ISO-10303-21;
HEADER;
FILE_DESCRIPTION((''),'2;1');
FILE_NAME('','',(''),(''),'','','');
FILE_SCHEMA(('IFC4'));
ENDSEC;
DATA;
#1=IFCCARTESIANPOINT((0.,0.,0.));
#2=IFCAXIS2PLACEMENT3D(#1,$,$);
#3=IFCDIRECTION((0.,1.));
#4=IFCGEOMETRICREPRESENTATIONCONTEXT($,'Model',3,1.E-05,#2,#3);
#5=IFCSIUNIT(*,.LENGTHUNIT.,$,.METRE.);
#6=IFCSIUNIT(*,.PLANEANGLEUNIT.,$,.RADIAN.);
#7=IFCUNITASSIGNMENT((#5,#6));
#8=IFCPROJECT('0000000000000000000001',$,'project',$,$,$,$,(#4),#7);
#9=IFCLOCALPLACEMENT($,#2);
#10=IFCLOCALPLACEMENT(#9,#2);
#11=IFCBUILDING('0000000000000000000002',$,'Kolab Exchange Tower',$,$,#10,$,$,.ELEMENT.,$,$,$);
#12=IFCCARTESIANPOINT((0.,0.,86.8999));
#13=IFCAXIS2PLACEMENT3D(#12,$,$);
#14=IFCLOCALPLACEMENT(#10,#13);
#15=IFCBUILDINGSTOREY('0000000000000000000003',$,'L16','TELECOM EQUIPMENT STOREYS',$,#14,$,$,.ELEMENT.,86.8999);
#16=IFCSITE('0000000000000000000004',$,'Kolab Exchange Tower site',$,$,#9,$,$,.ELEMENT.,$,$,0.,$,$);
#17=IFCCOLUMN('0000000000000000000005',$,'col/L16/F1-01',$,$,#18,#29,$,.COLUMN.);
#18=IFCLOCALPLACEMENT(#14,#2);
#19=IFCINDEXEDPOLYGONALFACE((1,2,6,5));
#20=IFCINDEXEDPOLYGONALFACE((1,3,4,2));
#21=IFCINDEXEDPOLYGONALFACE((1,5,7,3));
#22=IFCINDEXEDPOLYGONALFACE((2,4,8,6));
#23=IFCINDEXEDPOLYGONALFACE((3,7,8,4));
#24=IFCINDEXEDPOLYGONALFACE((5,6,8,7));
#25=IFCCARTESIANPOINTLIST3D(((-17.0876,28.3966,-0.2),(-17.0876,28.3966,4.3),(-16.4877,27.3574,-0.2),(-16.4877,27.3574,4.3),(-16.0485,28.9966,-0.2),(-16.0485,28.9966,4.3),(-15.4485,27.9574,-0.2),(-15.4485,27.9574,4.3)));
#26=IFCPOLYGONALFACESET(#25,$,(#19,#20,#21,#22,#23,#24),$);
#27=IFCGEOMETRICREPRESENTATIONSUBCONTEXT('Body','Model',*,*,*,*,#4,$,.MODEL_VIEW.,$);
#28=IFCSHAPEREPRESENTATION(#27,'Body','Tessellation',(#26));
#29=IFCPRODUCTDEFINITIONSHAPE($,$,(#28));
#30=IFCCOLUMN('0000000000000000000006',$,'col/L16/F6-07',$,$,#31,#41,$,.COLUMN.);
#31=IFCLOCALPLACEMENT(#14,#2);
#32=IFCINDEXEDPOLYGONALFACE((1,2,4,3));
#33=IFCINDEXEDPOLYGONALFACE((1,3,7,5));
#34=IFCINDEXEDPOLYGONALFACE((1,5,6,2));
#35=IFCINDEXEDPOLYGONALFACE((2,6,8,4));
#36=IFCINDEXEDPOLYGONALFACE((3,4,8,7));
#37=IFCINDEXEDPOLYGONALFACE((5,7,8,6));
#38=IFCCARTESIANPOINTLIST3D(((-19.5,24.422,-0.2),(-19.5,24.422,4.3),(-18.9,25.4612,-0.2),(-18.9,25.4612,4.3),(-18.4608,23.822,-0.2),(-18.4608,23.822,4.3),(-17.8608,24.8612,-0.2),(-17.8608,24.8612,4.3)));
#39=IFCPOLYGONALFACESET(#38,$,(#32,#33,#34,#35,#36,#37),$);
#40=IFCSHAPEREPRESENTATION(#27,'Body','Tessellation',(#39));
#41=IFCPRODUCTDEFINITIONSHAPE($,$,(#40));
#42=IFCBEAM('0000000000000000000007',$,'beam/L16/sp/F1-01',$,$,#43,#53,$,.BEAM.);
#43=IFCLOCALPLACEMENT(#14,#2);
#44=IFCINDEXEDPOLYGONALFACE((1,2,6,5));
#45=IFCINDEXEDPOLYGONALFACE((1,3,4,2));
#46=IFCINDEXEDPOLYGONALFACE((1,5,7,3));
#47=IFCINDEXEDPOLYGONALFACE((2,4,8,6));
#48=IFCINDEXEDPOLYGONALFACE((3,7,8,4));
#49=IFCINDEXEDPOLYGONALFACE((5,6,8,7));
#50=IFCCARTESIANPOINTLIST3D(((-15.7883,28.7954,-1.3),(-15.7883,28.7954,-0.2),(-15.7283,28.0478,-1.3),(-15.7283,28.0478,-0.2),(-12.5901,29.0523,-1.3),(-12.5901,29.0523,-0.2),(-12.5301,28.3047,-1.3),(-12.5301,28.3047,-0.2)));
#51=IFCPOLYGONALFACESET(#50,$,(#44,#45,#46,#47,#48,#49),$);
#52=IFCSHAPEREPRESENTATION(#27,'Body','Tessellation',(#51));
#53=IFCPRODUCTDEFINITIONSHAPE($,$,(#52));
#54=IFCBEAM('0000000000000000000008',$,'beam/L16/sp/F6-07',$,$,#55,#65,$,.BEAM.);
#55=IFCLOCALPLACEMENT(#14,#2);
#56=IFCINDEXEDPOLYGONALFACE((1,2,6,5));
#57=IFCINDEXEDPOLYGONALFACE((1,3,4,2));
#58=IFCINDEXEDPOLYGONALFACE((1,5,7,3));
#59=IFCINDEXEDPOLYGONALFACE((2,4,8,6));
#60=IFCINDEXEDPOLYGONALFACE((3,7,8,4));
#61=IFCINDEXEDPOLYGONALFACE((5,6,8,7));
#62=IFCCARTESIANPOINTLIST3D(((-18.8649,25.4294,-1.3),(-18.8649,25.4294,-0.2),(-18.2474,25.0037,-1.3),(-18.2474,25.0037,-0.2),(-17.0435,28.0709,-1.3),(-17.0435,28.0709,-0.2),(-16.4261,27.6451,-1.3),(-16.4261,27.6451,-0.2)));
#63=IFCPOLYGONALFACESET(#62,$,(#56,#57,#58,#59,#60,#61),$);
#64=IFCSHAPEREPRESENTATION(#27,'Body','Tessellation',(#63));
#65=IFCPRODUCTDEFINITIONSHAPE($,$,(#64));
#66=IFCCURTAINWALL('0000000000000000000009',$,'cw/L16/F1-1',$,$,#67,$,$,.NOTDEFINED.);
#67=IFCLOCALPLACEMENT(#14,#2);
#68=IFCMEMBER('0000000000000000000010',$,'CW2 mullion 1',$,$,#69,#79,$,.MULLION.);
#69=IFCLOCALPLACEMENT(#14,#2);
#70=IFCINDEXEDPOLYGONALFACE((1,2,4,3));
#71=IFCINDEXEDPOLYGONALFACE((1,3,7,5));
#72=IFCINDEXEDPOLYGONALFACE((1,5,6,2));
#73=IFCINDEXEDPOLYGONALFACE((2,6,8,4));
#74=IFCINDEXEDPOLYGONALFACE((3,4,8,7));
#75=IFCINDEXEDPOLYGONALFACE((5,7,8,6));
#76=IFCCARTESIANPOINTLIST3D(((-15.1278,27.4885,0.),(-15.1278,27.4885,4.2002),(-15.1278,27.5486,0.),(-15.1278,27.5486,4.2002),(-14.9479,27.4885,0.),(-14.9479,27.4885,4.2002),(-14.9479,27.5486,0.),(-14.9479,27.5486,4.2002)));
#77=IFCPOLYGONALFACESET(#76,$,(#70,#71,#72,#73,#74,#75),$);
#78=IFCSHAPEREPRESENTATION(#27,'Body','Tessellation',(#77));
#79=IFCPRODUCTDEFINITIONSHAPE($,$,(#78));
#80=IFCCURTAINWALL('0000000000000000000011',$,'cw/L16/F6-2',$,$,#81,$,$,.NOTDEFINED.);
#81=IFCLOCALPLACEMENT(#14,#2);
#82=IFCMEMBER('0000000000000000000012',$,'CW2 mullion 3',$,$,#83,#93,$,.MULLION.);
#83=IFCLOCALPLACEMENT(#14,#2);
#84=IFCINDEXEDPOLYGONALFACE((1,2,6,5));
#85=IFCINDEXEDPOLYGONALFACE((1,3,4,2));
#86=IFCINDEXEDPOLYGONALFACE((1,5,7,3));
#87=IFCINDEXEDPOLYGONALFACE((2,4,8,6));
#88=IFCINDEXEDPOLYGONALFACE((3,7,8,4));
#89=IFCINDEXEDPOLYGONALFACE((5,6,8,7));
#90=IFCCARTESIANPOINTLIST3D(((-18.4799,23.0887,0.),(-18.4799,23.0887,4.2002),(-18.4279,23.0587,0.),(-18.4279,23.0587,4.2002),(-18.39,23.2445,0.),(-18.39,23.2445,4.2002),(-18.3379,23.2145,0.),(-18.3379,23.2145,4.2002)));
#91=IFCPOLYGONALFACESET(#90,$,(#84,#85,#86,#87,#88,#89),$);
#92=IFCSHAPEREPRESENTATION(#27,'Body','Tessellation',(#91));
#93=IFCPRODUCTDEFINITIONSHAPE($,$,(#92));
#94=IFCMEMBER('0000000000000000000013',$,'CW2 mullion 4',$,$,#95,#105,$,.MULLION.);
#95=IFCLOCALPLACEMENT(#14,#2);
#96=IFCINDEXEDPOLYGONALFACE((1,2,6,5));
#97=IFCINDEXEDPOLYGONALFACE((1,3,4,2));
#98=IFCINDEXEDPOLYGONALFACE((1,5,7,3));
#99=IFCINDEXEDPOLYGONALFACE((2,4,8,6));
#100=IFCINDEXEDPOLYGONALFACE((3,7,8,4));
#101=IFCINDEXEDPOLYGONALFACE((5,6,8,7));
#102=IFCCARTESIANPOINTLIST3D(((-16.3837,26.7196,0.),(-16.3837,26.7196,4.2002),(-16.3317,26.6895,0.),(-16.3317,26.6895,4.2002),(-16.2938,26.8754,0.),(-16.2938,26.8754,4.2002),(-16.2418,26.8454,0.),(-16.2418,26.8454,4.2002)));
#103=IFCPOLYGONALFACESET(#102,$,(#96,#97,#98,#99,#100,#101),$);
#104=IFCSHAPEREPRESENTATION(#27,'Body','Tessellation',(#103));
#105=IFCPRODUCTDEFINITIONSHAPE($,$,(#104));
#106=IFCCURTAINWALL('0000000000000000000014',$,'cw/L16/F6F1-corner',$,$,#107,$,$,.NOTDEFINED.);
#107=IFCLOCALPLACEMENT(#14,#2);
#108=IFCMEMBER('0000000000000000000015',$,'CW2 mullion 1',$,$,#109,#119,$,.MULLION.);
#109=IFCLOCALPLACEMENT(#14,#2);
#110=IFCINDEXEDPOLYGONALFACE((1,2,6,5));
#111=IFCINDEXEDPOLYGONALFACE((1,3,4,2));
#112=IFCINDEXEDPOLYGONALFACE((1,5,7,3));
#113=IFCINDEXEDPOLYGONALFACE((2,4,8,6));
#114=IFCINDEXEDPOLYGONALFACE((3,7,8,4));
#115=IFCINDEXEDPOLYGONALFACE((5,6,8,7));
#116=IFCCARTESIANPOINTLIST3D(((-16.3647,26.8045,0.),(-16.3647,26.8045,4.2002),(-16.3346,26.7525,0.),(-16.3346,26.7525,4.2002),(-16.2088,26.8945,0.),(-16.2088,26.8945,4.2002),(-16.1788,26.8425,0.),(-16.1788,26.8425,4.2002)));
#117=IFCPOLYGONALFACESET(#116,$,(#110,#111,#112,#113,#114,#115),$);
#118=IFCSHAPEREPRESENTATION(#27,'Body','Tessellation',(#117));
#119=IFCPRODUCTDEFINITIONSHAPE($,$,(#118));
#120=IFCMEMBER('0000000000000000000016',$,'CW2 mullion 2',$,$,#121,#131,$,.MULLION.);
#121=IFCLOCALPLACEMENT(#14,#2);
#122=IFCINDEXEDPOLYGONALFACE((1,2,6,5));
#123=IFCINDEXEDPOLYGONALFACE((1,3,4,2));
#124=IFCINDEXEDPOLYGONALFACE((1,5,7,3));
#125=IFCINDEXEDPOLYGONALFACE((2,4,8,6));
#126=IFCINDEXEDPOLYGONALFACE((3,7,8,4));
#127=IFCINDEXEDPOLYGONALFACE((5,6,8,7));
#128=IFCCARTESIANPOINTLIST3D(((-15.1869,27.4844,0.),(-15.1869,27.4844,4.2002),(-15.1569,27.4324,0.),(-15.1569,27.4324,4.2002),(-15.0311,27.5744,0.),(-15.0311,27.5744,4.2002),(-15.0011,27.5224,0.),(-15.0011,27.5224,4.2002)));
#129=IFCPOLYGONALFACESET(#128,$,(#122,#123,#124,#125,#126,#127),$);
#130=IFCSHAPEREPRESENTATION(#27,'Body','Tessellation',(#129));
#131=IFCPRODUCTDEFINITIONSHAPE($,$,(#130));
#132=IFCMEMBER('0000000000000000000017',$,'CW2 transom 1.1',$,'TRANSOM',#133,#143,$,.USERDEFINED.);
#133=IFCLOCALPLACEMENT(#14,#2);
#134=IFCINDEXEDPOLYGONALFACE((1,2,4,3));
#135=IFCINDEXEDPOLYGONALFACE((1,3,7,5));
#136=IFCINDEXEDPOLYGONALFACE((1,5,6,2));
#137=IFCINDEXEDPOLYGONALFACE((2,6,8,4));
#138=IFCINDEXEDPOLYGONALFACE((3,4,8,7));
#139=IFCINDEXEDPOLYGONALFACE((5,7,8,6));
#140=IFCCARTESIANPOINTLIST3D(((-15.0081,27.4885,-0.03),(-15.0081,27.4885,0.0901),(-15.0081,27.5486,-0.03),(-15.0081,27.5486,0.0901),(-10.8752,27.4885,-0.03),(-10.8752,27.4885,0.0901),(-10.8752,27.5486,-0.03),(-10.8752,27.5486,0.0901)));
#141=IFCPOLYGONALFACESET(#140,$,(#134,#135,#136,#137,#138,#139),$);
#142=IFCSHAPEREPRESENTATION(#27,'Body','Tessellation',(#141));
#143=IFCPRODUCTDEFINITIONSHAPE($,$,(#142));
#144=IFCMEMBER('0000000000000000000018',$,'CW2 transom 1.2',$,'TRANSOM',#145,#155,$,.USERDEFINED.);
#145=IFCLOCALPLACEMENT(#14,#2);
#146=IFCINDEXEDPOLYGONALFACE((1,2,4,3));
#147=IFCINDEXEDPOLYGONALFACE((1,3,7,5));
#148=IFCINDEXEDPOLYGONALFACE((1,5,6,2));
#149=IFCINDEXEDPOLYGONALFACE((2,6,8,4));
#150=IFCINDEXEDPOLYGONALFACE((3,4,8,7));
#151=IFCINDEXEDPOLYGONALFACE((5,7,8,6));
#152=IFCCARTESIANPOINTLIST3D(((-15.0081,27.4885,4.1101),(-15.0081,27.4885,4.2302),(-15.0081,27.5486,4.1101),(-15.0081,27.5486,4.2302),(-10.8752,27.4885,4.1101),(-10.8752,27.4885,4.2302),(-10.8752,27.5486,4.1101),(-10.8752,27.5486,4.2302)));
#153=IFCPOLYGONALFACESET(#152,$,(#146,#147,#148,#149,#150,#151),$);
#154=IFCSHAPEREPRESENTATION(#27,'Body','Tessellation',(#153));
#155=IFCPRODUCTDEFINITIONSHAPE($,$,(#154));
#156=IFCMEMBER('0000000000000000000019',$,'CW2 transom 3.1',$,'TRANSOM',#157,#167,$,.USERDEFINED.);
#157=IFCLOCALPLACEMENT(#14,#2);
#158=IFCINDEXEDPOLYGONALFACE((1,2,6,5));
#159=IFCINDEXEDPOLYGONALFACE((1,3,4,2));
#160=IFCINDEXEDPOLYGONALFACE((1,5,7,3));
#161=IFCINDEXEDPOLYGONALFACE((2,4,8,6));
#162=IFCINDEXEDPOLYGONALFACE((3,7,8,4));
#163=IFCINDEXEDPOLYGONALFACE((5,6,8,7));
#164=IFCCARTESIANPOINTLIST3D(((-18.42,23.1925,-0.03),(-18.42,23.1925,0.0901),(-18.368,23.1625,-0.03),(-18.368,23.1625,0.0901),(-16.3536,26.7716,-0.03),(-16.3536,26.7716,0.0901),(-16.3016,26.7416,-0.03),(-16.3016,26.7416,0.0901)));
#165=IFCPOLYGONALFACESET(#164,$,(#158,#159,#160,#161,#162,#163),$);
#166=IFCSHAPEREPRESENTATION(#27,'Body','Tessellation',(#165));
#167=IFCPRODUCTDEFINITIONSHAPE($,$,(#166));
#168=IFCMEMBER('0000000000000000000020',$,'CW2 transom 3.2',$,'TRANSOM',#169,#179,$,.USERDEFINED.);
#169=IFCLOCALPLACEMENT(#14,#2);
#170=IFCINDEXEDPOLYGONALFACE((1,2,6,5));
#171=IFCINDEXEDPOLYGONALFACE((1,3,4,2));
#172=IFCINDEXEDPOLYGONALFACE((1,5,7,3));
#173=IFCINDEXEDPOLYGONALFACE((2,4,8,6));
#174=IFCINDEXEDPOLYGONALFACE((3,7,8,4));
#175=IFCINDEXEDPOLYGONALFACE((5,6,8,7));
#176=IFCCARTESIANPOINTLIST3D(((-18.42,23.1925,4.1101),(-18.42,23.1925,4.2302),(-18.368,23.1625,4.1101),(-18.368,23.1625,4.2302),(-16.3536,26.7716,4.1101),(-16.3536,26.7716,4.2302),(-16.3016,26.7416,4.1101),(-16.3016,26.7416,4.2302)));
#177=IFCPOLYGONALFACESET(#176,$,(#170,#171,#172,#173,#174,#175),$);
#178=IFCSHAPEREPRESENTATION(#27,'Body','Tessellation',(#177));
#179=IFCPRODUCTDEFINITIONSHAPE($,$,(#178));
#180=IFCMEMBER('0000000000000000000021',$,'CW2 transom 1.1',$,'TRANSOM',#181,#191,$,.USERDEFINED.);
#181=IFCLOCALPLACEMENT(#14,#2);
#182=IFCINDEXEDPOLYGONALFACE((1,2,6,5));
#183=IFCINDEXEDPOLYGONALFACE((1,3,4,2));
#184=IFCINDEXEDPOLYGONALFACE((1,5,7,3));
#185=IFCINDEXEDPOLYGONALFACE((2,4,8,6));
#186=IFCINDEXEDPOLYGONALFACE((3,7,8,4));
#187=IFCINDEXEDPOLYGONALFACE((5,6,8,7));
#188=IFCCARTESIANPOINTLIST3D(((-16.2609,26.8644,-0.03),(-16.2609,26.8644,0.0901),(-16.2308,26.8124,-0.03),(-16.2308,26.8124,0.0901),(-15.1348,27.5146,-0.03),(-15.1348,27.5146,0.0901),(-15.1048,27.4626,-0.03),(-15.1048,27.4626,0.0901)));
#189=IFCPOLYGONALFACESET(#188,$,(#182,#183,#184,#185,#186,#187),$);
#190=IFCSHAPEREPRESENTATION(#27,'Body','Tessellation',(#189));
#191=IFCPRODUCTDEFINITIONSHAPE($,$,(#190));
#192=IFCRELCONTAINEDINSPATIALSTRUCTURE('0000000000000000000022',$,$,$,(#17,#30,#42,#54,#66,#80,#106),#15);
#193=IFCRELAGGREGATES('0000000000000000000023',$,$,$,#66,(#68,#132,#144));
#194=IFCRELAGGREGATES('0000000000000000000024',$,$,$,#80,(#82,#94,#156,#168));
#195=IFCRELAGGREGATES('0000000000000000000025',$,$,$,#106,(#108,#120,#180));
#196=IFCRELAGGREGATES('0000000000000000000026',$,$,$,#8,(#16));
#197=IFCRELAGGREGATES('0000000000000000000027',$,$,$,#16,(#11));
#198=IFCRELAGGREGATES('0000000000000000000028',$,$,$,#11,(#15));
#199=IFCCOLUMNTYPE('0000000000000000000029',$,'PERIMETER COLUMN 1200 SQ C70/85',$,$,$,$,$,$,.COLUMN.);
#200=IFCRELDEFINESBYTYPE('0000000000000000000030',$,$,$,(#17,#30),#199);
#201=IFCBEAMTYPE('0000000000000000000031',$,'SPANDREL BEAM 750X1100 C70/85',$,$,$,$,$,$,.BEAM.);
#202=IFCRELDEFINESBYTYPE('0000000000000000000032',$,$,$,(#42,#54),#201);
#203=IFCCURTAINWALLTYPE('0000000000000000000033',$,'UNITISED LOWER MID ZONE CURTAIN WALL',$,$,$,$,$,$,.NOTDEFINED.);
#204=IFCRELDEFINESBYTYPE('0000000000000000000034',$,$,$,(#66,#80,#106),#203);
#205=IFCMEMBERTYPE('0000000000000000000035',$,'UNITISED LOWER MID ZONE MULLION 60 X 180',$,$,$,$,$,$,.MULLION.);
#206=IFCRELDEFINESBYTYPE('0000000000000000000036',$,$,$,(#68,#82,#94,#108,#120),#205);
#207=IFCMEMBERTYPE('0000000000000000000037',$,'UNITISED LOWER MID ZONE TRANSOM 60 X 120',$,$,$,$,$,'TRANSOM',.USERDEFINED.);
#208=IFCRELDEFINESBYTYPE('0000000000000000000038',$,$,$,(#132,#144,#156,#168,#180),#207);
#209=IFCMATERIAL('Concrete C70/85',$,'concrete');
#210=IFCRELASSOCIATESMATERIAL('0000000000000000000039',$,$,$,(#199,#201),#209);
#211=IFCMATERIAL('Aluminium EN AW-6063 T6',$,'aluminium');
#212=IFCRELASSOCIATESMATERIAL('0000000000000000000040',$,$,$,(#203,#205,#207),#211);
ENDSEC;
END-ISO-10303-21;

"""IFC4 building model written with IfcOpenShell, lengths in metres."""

from ifc_helpers import new_model, si_unit, direction, frame, origin, origin_2d, place, context, subcontext, project, spatial, rectangle, extrude, material, material_profile, profile_set, type_object, element, aggregate, save


model = new_model("IFC4")

# Units and contexts
model_context = context("Model", 3, precision=1e-05, world=origin(), true_north=direction((0.0, 1.0)))
body_context = subcontext(model_context, "Body", "Model", "MODEL_VIEW")
ifc_project = project(units=[si_unit("LENGTHUNIT", "METRE"), si_unit("PLANEANGLEUNIT", "RADIAN")], contexts=[model_context])

# Site, building, storey
site_placement = place(None, origin())
site = spatial("IfcSite", under=ifc_project, at=site_placement, Name="Kolab Exchange Tower site", CompositionType="ELEMENT", RefElevation=0.0)
building_placement = place(site_placement, origin())
building = spatial("IfcBuilding", under=site, at=building_placement, Name="Kolab Exchange Tower", CompositionType="ELEMENT")
storey_placement = place(building_placement, frame((0.0, 0.0, 86.8999)))
storey = spatial("IfcBuildingStorey", under=building, at=storey_placement, Name="L16", Description="TELECOM EQUIPMENT STOREYS", CompositionType="ELEMENT", Elevation=86.8999)

# Columns
ifc_material_1 = material(Name="Concrete C70/85", Category="concrete")
ifc_material_profile_1 = material_profile(ifc_material_1, rectangle(XDim=1.2, YDim=1.2, at=origin_2d()), Name="RC1200")
ifc_profile_set_1 = profile_set([ifc_material_profile_1], Name="Concrete C70/85")
column_type = type_object("IfcColumnType", Name="PERIMETER COLUMN 1200 SQ C70/85", PredefinedType="COLUMN", material=ifc_profile_set_1)
for number, where, z_axis, x_axis, name in (
    (1, (-16.2681, 28.177, -0.2), (0.0, 0.0, 1.0), (0.866025, 0.5, 0.0), "col/L16/F1-01"),
    (2, (-18.6804, 24.6416, -0.2), (0.0, 0.0, 1.0), (0.5, 0.866025, 0.0), "col/L16/F6-07"),
):
    element("IfcColumn", number, at=place(storey_placement, frame(where, z_axis=z_axis, x_axis=x_axis)), inside=storey, type_object=column_type, Name=name, PredefinedType="COLUMN", context=body_context, shape_type="SweptSolid", body=[
        extrude(rectangle(XDim=1.2, YDim=1.2, at=origin_2d()), origin(), (0.0, 0.0, 1.0), 4.5),
    ])

# Beams
ifc_material_profile_2 = material_profile(ifc_material_1, rectangle(XDim=0.75, YDim=1.1001, at=origin_2d()), Name="RC750X1100")
ifc_profile_set_2 = profile_set([ifc_material_profile_2], Name="Concrete C70/85")
beam_type = type_object("IfcBeamType", Name="SPANDREL BEAM 750X1100 C70/85", PredefinedType="BEAM", material=ifc_profile_set_2)
for number, where, z_axis, x_axis, name in (
    (3, (-15.7583, 28.4216, -0.75), (0.996791, 0.080048, 0.0), (-0.080048, 0.996791, 0.0), "beam/L16/sp/F1-01"),
    (4, (-18.5562, 25.2166, -0.75), (0.567662, 0.823262, 0.0), (-0.823262, 0.567662, 0.0), "beam/L16/sp/F6-07"),
):
    element("IfcBeam", number, at=place(storey_placement, frame(where, z_axis=z_axis, x_axis=x_axis)), inside=storey, type_object=beam_type, Name=name, PredefinedType="BEAM", context=body_context, shape_type="SweptSolid", body=[
        extrude(rectangle(XDim=0.75, YDim=1.1001, at=origin_2d()), origin(), (0.0, 0.0, 1.0), 3.2085),
    ])

# Curtain wall, member
ifc_material_2 = material(Name="Aluminium EN AW-6063 T6", Category="aluminium")
curtain_wall_type = type_object("IfcCurtainWallType", Name="UNITISED LOWER MID ZONE CURTAIN WALL", PredefinedType="NOTDEFINED", material=ifc_material_2)
curtain_wall_1_placement = place(storey_placement, origin())
curtain_wall_1 = element("IfcCurtainWall", 5, at=curtain_wall_1_placement, inside=storey, type_object=curtain_wall_type, Name="cw/L16/F1-1", PredefinedType="NOTDEFINED")
ifc_material_profile_3 = material_profile(ifc_material_2, rectangle(XDim=0.0601, YDim=0.1799, at=origin_2d()), Name="RECT 60X180")
ifc_profile_set_3 = profile_set([ifc_material_profile_3], Name="Aluminium EN AW-6063 T6")
member_type_1 = type_object("IfcMemberType", Name="UNITISED LOWER MID ZONE MULLION 60 X 180", PredefinedType="MULLION", material=ifc_profile_set_3)
member_1_placement = place(storey_placement, frame((-15.0378, 27.5186, 0.0), z_axis=(0.0, 0.0, 1.0), x_axis=(0.0, 1.0, 0.0)))
member_1 = element("IfcMember", 6, at=member_1_placement, type_object=member_type_1, Name="CW2 mullion 1", PredefinedType="MULLION", context=body_context, shape_type="SweptSolid", body=[
    extrude(rectangle(XDim=0.0601, YDim=0.1799, at=origin_2d()), origin(), (0.0, 0.0, 1.0), 4.2002),
])

# Curtain walls, members
curtain_wall_2_placement = place(storey_placement, origin())
curtain_wall_2 = element("IfcCurtainWall", 7, at=curtain_wall_2_placement, inside=storey, type_object=curtain_wall_type, Name="cw/L16/F6-2", PredefinedType="NOTDEFINED")
member_2_placement = place(storey_placement, frame((-18.4089, 23.1516, 0.0), z_axis=(0.0, 0.0, 1.0), x_axis=(-0.866025, 0.5, 0.0)))
member_2 = element("IfcMember", 8, at=member_2_placement, type_object=member_type_1, Name="CW2 mullion 3", PredefinedType="MULLION", context=body_context, shape_type="SweptSolid", body=[
    extrude(rectangle(XDim=0.0601, YDim=0.1799, at=origin_2d()), origin(), (0.0, 0.0, 1.0), 4.2002),
])
member_3_placement = place(storey_placement, frame((-16.3127, 26.7825, 0.0), z_axis=(0.0, 0.0, 1.0), x_axis=(-0.866025, 0.5, 0.0)))
member_3 = element("IfcMember", 9, at=member_3_placement, type_object=member_type_1, Name="CW2 mullion 4", PredefinedType="MULLION", context=body_context, shape_type="SweptSolid", body=[
    extrude(rectangle(XDim=0.0601, YDim=0.1799, at=origin_2d()), origin(), (0.0, 0.0, 1.0), 4.2002),
])
curtain_wall_3_placement = place(storey_placement, origin())
curtain_wall_3 = element("IfcCurtainWall", 10, at=curtain_wall_3_placement, inside=storey, type_object=curtain_wall_type, Name="cw/L16/F6F1-corner", PredefinedType="NOTDEFINED")
member_4_placement = place(storey_placement, frame((-16.2717, 26.8235, 0.0), z_axis=(0.0, 0.0, 1.0), x_axis=(-0.5, 0.866025, 0.0)))
member_4 = element("IfcMember", 11, at=member_4_placement, type_object=member_type_1, Name="CW2 mullion 1", PredefinedType="MULLION", context=body_context, shape_type="SweptSolid", body=[
    extrude(rectangle(XDim=0.0601, YDim=0.1799, at=origin_2d()), origin(), (0.0, 0.0, 1.0), 4.2002),
])
member_5_placement = place(storey_placement, frame((-15.094, 27.5034, 0.0), z_axis=(0.0, 0.0, 1.0), x_axis=(-0.5, 0.866025, 0.0)))
member_5 = element("IfcMember", 12, at=member_5_placement, type_object=member_type_1, Name="CW2 mullion 2", PredefinedType="MULLION", context=body_context, shape_type="SweptSolid", body=[
    extrude(rectangle(XDim=0.0601, YDim=0.1799, at=origin_2d()), origin(), (0.0, 0.0, 1.0), 4.2002),
])

# Members
ifc_material_profile_4 = material_profile(ifc_material_2, rectangle(XDim=0.0601, YDim=0.1201, at=origin_2d()), Name="RECT 60X120")
ifc_profile_set_4 = profile_set([ifc_material_profile_4], Name="Aluminium EN AW-6063 T6")
member_type_2 = type_object("IfcMemberType", Name="UNITISED LOWER MID ZONE TRANSOM 60 X 120", ElementType="TRANSOM", PredefinedType="USERDEFINED", material=ifc_profile_set_4)
member_6_placement = place(storey_placement, frame((-15.0081, 27.5186, 0.03), z_axis=(1.0, 0.0, 0.0), x_axis=(0.0, 1.0, 0.0)))
member_6 = element("IfcMember", 13, at=member_6_placement, type_object=member_type_2, Name="CW2 transom 1.1", ObjectType="TRANSOM", PredefinedType="USERDEFINED", context=body_context, shape_type="SweptSolid", body=[
    extrude(rectangle(XDim=0.0601, YDim=0.1201, at=origin_2d()), origin(), (0.0, 0.0, 1.0), 4.1328),
])
member_7_placement = place(storey_placement, frame((-15.0081, 27.5186, 4.1702), z_axis=(1.0, 0.0, 0.0), x_axis=(0.0, 1.0, 0.0)))
member_7 = element("IfcMember", 14, at=member_7_placement, type_object=member_type_2, Name="CW2 transom 1.2", ObjectType="TRANSOM", PredefinedType="USERDEFINED", context=body_context, shape_type="SweptSolid", body=[
    extrude(rectangle(XDim=0.0601, YDim=0.1201, at=origin_2d()), origin(), (0.0, 0.0, 1.0), 4.1328),
])
aggregate(curtain_wall_1, [member_1, member_6, member_7])
member_8_placement = place(storey_placement, frame((-18.394, 23.1775, 0.03), z_axis=(0.500002, 0.866024, 0.0), x_axis=(-0.866024, 0.500002, 0.0)))
member_8 = element("IfcMember", 15, at=member_8_placement, type_object=member_type_2, Name="CW2 transom 3.1", ObjectType="TRANSOM", PredefinedType="USERDEFINED", context=body_context, shape_type="SweptSolid", body=[
    extrude(rectangle(XDim=0.0601, YDim=0.1201, at=origin_2d()), origin(), (0.0, 0.0, 1.0), 4.1328),
])
member_9_placement = place(storey_placement, frame((-18.394, 23.1775, 4.1702), z_axis=(0.500002, 0.866024, 0.0), x_axis=(-0.866024, 0.500002, 0.0)))
member_9 = element("IfcMember", 16, at=member_9_placement, type_object=member_type_2, Name="CW2 transom 3.2", ObjectType="TRANSOM", PredefinedType="USERDEFINED", context=body_context, shape_type="SweptSolid", body=[
    extrude(rectangle(XDim=0.0601, YDim=0.1201, at=origin_2d()), origin(), (0.0, 0.0, 1.0), 4.1328),
])
member_10_placement = place(storey_placement, frame((-16.2458, 26.8384, 0.03), z_axis=(0.866004, 0.500037, 0.0), x_axis=(-0.500037, 0.866004, 0.0)))
member_10 = element("IfcMember", 17, at=member_10_placement, type_object=member_type_2, Name="CW2 transom 1.1", ObjectType="TRANSOM", PredefinedType="USERDEFINED", context=body_context, shape_type="SweptSolid", body=[
    extrude(rectangle(XDim=0.0601, YDim=0.1201, at=origin_2d()), origin(), (0.0, 0.0, 1.0), 1.3003),
])

aggregate(curtain_wall_2, [member_2, member_3, member_8, member_9])
aggregate(curtain_wall_3, [member_4, member_5, member_10])

save(model, "model.ifc")
